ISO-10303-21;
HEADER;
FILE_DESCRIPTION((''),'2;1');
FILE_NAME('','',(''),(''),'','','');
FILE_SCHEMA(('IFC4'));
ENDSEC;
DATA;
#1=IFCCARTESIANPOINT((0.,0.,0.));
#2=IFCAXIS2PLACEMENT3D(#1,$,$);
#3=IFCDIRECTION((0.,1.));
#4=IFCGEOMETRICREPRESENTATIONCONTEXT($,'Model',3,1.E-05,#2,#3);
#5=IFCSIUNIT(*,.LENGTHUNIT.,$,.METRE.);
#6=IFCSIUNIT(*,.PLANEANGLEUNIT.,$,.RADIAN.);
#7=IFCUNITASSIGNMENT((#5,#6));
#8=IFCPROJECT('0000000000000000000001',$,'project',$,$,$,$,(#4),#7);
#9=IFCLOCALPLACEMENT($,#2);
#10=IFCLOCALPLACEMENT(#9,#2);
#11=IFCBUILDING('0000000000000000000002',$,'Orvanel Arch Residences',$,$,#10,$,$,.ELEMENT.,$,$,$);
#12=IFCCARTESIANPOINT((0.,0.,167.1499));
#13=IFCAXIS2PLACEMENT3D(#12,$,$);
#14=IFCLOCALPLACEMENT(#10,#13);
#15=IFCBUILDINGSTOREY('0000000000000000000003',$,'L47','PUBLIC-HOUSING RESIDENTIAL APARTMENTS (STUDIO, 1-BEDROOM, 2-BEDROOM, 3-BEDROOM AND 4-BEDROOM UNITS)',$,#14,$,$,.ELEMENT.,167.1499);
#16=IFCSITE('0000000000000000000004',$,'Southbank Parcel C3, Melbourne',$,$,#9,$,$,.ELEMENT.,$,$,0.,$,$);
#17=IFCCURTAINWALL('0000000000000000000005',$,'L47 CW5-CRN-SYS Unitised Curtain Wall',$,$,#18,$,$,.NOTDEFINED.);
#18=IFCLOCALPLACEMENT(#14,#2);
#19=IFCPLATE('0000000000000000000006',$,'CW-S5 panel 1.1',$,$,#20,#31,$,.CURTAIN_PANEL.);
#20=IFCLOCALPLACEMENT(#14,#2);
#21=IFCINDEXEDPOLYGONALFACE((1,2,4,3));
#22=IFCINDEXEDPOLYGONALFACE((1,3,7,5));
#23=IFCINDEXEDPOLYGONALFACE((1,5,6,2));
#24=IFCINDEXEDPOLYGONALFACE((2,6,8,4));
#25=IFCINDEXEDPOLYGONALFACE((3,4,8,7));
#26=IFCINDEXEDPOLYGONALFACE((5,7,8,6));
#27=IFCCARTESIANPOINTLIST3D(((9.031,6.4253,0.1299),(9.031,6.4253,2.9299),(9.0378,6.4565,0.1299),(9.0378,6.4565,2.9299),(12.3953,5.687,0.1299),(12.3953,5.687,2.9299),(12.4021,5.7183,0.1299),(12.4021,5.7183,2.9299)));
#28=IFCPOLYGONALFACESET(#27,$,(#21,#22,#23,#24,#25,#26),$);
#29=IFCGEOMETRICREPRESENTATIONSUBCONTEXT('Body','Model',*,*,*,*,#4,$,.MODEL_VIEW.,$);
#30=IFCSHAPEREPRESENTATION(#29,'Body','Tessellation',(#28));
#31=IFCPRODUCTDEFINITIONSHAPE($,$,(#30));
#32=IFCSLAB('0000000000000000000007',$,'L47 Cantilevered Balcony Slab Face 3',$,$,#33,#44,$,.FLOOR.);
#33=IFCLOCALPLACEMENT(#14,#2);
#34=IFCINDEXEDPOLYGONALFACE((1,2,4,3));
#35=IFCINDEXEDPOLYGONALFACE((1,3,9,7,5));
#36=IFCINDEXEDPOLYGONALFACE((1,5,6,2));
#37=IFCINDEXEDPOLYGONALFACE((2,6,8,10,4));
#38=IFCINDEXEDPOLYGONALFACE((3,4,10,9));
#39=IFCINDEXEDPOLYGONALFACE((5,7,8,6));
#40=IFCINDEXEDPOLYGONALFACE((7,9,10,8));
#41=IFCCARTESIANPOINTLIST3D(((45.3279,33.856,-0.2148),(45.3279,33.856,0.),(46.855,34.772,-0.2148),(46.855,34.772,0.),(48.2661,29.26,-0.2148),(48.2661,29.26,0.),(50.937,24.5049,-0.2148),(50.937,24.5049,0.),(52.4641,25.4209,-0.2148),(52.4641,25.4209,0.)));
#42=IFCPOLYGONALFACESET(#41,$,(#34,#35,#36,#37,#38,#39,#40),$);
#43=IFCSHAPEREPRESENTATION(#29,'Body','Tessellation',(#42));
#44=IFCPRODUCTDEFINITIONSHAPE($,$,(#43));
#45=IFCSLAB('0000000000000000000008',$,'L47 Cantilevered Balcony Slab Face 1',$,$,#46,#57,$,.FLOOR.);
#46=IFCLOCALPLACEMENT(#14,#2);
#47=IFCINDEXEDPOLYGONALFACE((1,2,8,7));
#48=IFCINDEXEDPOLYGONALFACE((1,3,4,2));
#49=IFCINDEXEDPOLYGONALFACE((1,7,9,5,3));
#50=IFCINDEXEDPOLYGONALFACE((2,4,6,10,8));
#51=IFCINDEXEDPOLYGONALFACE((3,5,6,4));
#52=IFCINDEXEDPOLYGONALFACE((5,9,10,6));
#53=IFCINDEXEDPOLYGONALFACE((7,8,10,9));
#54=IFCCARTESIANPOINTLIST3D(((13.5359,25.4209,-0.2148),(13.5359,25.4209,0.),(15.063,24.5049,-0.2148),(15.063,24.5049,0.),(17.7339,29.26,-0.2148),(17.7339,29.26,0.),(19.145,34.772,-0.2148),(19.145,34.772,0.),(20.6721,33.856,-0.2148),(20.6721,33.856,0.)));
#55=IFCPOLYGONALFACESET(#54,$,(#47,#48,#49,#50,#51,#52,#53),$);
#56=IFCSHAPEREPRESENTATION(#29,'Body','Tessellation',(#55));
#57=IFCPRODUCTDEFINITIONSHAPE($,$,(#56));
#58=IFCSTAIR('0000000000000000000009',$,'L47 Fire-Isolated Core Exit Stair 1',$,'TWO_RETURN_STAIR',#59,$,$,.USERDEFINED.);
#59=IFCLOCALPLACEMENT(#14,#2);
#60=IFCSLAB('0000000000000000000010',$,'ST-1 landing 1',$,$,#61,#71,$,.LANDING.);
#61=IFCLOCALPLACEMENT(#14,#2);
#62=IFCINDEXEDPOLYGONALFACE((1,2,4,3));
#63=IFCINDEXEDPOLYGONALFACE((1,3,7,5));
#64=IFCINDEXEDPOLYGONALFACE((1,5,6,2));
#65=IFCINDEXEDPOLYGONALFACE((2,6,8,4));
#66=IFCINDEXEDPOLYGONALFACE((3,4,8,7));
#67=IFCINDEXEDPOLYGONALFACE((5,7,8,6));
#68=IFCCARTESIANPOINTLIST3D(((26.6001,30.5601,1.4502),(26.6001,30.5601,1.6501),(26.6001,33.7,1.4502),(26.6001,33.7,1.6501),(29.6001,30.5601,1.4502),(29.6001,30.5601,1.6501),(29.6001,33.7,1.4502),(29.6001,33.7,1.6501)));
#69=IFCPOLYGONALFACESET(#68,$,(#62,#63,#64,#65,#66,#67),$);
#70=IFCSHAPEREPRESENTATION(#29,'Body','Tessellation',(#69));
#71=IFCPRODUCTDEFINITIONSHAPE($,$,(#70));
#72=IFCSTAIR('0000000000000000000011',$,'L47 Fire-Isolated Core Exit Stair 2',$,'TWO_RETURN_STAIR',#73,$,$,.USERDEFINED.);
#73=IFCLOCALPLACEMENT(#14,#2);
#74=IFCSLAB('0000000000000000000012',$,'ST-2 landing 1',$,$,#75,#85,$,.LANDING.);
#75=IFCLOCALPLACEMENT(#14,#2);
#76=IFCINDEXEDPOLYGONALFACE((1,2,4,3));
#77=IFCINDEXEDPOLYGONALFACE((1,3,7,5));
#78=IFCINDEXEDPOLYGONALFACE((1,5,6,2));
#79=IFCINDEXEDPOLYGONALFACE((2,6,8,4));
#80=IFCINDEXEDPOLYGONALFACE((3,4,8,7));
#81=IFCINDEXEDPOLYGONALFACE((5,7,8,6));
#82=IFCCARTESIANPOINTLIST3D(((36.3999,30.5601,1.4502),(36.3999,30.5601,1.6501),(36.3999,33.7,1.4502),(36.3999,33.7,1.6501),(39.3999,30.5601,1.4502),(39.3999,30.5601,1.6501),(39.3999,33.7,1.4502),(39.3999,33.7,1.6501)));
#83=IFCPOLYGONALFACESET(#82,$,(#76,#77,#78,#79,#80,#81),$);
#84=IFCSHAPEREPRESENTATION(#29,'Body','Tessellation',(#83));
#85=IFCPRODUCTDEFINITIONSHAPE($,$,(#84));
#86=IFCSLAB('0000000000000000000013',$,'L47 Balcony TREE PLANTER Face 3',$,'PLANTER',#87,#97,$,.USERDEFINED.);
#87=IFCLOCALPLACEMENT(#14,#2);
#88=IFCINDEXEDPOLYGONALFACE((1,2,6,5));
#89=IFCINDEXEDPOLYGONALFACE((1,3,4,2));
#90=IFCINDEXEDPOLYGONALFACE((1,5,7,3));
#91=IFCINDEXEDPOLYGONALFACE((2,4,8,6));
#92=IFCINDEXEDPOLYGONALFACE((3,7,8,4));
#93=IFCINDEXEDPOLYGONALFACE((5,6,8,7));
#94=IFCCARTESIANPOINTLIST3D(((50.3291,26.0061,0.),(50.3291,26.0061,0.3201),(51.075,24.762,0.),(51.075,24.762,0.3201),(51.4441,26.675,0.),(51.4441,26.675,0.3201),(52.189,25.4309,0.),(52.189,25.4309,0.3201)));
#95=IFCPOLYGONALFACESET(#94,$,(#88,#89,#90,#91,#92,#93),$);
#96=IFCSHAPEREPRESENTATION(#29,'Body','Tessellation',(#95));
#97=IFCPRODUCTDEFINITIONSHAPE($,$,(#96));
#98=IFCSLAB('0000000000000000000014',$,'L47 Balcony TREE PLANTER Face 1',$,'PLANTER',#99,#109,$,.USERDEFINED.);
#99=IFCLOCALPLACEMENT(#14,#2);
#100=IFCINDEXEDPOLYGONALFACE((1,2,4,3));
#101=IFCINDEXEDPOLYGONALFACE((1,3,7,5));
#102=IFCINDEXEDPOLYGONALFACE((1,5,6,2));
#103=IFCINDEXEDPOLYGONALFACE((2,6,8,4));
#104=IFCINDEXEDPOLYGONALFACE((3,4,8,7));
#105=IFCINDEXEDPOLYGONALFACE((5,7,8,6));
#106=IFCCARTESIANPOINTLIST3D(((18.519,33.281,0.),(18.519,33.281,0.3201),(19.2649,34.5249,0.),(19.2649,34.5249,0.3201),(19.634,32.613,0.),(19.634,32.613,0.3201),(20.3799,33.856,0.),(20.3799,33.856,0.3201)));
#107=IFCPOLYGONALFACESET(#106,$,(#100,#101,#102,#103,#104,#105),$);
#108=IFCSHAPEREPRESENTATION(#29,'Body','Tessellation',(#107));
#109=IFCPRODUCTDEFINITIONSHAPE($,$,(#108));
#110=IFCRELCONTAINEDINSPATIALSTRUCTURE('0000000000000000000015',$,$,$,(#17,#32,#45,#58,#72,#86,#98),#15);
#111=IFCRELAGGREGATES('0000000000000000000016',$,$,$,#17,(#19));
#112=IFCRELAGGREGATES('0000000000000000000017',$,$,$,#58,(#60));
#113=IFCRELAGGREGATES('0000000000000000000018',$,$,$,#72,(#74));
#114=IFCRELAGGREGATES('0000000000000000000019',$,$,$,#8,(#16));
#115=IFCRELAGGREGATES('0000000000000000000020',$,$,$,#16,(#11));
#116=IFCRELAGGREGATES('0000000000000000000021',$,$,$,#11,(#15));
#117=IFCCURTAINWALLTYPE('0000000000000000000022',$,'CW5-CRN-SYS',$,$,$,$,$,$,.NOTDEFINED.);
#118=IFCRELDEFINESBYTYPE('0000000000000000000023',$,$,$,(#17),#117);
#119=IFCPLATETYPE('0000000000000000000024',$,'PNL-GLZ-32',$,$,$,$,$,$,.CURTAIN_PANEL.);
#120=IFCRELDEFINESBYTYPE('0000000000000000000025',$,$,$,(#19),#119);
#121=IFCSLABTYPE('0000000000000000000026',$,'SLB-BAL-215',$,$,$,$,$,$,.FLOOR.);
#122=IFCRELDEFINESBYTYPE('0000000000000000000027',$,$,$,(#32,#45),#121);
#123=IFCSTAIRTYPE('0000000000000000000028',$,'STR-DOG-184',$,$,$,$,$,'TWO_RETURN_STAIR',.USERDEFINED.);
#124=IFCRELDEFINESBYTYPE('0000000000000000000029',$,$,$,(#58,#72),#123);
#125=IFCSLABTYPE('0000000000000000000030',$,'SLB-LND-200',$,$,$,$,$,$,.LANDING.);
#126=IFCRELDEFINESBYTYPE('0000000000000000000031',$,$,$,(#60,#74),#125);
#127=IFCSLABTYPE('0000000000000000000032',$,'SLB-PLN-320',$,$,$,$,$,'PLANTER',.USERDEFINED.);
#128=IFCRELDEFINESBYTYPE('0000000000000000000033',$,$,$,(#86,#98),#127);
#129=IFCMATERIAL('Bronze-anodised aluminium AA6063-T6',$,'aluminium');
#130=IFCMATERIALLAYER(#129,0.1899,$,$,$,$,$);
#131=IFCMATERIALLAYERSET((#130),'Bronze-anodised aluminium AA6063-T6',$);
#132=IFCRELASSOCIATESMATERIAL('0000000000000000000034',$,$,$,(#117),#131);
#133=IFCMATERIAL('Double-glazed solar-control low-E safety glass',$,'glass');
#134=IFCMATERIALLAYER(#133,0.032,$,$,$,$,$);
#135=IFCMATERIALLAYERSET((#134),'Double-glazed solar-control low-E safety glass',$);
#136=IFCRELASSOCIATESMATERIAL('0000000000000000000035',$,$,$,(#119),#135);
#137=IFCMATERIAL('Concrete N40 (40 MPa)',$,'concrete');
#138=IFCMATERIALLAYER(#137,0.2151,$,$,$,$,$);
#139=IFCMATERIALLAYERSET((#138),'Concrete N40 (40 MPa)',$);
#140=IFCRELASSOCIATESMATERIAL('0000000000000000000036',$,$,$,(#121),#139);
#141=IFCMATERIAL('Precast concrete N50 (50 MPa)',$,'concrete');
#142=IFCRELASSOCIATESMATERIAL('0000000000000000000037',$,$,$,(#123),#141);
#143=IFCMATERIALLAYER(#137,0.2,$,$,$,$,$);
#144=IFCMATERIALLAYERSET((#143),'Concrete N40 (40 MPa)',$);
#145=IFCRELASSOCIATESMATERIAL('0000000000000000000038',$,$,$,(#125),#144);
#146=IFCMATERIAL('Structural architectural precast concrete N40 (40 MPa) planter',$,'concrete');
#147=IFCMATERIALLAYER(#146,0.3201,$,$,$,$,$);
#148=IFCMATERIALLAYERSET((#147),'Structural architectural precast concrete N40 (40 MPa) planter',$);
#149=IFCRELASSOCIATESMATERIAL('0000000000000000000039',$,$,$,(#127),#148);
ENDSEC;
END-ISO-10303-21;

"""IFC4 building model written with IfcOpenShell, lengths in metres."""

from ifc_helpers import new_model, si_unit, direction, frame, origin, origin_2d, place, context, subcontext, project, spatial, polyline, rectangle, outline, extrude, material, layer, layer_set, type_object, element, aggregate, save


model = new_model("IFC4")

# Units and contexts
model_context = context("Model", 3, precision=1e-05, world=origin(), true_north=direction((0.0, 1.0)))
body_context = subcontext(model_context, "Body", "Model", "MODEL_VIEW")
ifc_project = project(units=[si_unit("LENGTHUNIT", "METRE"), si_unit("PLANEANGLEUNIT", "RADIAN")], contexts=[model_context])

# Site, building, storey
site_placement = place(None, origin())
site = spatial("IfcSite", under=ifc_project, at=site_placement, Name="Southbank Parcel C3, Melbourne", CompositionType="ELEMENT", RefElevation=0.0)
building_placement = place(site_placement, origin())
building = spatial("IfcBuilding", under=site, at=building_placement, Name="Orvanel Arch Residences", CompositionType="ELEMENT")
storey_placement = place(building_placement, frame((0.0, 0.0, 167.1499)))
storey = spatial("IfcBuildingStorey", under=building, at=storey_placement, Name="L47", Description="PUBLIC-HOUSING RESIDENTIAL APARTMENTS (STUDIO, 1-BEDROOM, 2-BEDROOM, 3-BEDROOM AND 4-BEDROOM UNITS)", CompositionType="ELEMENT", Elevation=167.1499)

# Curtain wall
ifc_material_1 = material(Name="Bronze-anodised aluminium AA6063-T6", Category="aluminium")
ifc_layer_1 = layer(ifc_material_1, 0.1899)
ifc_layer_set_1 = layer_set([ifc_layer_1], Name="Bronze-anodised aluminium AA6063-T6")
curtain_wall_type = type_object("IfcCurtainWallType", Name="CW5-CRN-SYS", PredefinedType="NOTDEFINED", material=ifc_layer_set_1)
curtain_wall_1_placement = place(storey_placement, origin())
curtain_wall_1 = element("IfcCurtainWall", 1, at=curtain_wall_1_placement, inside=storey, type_object=curtain_wall_type, Name="L47 CW5-CRN-SYS Unitised Curtain Wall", PredefinedType="NOTDEFINED")

# Plate
ifc_material_2 = material(Name="Double-glazed solar-control low-E safety glass", Category="glass")
ifc_layer_2 = layer(ifc_material_2, 0.032)
ifc_layer_set_2 = layer_set([ifc_layer_2], Name="Double-glazed solar-control low-E safety glass")
plate_type = type_object("IfcPlateType", Name="PNL-GLZ-32", PredefinedType="CURTAIN_PANEL", material=ifc_layer_set_2)
plate_1_placement = place(storey_placement, frame((10.7166, 6.0718, 0.1299), z_axis=(0.0, 0.0, 1.0), x_axis=(0.976758, -0.214347, 0.0)))
plate_1 = element("IfcPlate", 2, at=plate_1_placement, type_object=plate_type, Name="CW-S5 panel 1.1", PredefinedType="CURTAIN_PANEL", context=body_context, shape_type="SweptSolid", body=[
    extrude(rectangle(XDim=3.4443, YDim=0.032, at=origin_2d()), origin(), (0.0, 0.0, 1.0), 2.8),
])
aggregate(curtain_wall_1, [plate_1])

# Slabs
ifc_material_3 = material(Name="Concrete N40 (40 MPa)", Category="concrete")
ifc_layer_3 = layer(ifc_material_3, 0.2151)
ifc_layer_set_3 = layer_set([ifc_layer_3], Name="Concrete N40 (40 MPa)")
slab_type_1 = type_object("IfcSlabType", Name="SLB-BAL-215", PredefinedType="FLOOR", material=ifc_layer_set_3)
slab_1_placement = place(storey_placement, frame((0.0, 0.0, -0.2148)))
element("IfcSlab", 3, at=slab_1_placement, inside=storey, type_object=slab_type_1, Name="L47 Cantilevered Balcony Slab Face 3", PredefinedType="FLOOR", context=body_context, shape_type="SweptSolid", body=[
    extrude(outline(polyline([(52.4641, 25.4209), (46.855, 34.772), (45.3279, 33.856), (48.2661, 29.26), (50.937, 24.5049), (52.4641, 25.4209)])), origin(), (0.0, 0.0, 1.0), 0.2148),
])
slab_2_placement = place(storey_placement, frame((0.0, 0.0, -0.2148)))
element("IfcSlab", 4, at=slab_2_placement, inside=storey, type_object=slab_type_1, Name="L47 Cantilevered Balcony Slab Face 1", PredefinedType="FLOOR", context=body_context, shape_type="SweptSolid", body=[
    extrude(outline(polyline([(19.145, 34.772), (13.5359, 25.4209), (15.063, 24.5049), (17.7339, 29.26), (20.6721, 33.856), (19.145, 34.772)])), origin(), (0.0, 0.0, 1.0), 0.2148),
])

# Stairs, slabs
ifc_material_4 = material(Name="Precast concrete N50 (50 MPa)", Category="concrete")
stair_type = type_object("IfcStairType", Name="STR-DOG-184", ElementType="TWO_RETURN_STAIR", PredefinedType="USERDEFINED", material=ifc_material_4)
stair_1_placement = place(storey_placement, origin())
stair_1 = element("IfcStair", 5, at=stair_1_placement, inside=storey, type_object=stair_type, Name="L47 Fire-Isolated Core Exit Stair 1", ObjectType="TWO_RETURN_STAIR", PredefinedType="USERDEFINED")
ifc_layer_4 = layer(ifc_material_3, 0.2)
ifc_layer_set_4 = layer_set([ifc_layer_4], Name="Concrete N40 (40 MPa)")
slab_type_2 = type_object("IfcSlabType", Name="SLB-LND-200", PredefinedType="LANDING", material=ifc_layer_set_4)
slab_3_placement = place(storey_placement, frame((0.0, 0.0, 1.4502)))
slab_3 = element("IfcSlab", 6, at=slab_3_placement, type_object=slab_type_2, Name="ST-1 landing 1", PredefinedType="LANDING", context=body_context, shape_type="SweptSolid", body=[
    extrude(outline(polyline([(29.6001, 30.5601), (29.6001, 33.7), (26.6001, 33.7), (26.6001, 30.5601), (29.6001, 30.5601)])), origin(), (0.0, 0.0, 1.0), 0.2),
])
aggregate(stair_1, [slab_3])
stair_2_placement = place(storey_placement, origin())
stair_2 = element("IfcStair", 7, at=stair_2_placement, inside=storey, type_object=stair_type, Name="L47 Fire-Isolated Core Exit Stair 2", ObjectType="TWO_RETURN_STAIR", PredefinedType="USERDEFINED")
slab_4_placement = place(storey_placement, frame((0.0, 0.0, 1.4502)))
slab_4 = element("IfcSlab", 8, at=slab_4_placement, type_object=slab_type_2, Name="ST-2 landing 1", PredefinedType="LANDING", context=body_context, shape_type="SweptSolid", body=[
    extrude(outline(polyline([(39.3999, 30.5601), (39.3999, 33.7), (36.3999, 33.7), (36.3999, 30.5601), (39.3999, 30.5601)])), origin(), (0.0, 0.0, 1.0), 0.2),
])
aggregate(stair_2, [slab_4])

# Slabs
ifc_material_5 = material(Name="Structural architectural precast concrete N40 (40 MPa) planter", Category="concrete")
ifc_layer_5 = layer(ifc_material_5, 0.3201)
ifc_layer_set_5 = layer_set([ifc_layer_5], Name="Structural architectural precast concrete N40 (40 MPa) planter")
slab_type_3 = type_object("IfcSlabType", Name="SLB-PLN-320", ElementType="PLANTER", PredefinedType="USERDEFINED", material=ifc_layer_set_5)
slab_5_placement = place(storey_placement, origin())
element("IfcSlab", 9, at=slab_5_placement, inside=storey, type_object=slab_type_3, Name="L47 Balcony TREE PLANTER Face 3", ObjectType="PLANTER", PredefinedType="USERDEFINED", context=body_context, shape_type="SweptSolid", body=[
    extrude(outline(polyline([(52.189, 25.4309), (51.4441, 26.675), (50.3291, 26.0061), (51.075, 24.762), (52.189, 25.4309)])), origin(), (0.0, 0.0, 1.0), 0.3201),
])
slab_6_placement = place(storey_placement, origin())
element("IfcSlab", 10, at=slab_6_placement, inside=storey, type_object=slab_type_3, Name="L47 Balcony TREE PLANTER Face 1", ObjectType="PLANTER", PredefinedType="USERDEFINED", context=body_context, shape_type="SweptSolid", body=[
    extrude(outline(polyline([(19.2649, 34.5249), (18.519, 33.281), (19.634, 32.613), (20.3799, 33.856), (19.2649, 34.5249)])), origin(), (0.0, 0.0, 1.0), 0.3201),
])

save(model, "model.ifc")
